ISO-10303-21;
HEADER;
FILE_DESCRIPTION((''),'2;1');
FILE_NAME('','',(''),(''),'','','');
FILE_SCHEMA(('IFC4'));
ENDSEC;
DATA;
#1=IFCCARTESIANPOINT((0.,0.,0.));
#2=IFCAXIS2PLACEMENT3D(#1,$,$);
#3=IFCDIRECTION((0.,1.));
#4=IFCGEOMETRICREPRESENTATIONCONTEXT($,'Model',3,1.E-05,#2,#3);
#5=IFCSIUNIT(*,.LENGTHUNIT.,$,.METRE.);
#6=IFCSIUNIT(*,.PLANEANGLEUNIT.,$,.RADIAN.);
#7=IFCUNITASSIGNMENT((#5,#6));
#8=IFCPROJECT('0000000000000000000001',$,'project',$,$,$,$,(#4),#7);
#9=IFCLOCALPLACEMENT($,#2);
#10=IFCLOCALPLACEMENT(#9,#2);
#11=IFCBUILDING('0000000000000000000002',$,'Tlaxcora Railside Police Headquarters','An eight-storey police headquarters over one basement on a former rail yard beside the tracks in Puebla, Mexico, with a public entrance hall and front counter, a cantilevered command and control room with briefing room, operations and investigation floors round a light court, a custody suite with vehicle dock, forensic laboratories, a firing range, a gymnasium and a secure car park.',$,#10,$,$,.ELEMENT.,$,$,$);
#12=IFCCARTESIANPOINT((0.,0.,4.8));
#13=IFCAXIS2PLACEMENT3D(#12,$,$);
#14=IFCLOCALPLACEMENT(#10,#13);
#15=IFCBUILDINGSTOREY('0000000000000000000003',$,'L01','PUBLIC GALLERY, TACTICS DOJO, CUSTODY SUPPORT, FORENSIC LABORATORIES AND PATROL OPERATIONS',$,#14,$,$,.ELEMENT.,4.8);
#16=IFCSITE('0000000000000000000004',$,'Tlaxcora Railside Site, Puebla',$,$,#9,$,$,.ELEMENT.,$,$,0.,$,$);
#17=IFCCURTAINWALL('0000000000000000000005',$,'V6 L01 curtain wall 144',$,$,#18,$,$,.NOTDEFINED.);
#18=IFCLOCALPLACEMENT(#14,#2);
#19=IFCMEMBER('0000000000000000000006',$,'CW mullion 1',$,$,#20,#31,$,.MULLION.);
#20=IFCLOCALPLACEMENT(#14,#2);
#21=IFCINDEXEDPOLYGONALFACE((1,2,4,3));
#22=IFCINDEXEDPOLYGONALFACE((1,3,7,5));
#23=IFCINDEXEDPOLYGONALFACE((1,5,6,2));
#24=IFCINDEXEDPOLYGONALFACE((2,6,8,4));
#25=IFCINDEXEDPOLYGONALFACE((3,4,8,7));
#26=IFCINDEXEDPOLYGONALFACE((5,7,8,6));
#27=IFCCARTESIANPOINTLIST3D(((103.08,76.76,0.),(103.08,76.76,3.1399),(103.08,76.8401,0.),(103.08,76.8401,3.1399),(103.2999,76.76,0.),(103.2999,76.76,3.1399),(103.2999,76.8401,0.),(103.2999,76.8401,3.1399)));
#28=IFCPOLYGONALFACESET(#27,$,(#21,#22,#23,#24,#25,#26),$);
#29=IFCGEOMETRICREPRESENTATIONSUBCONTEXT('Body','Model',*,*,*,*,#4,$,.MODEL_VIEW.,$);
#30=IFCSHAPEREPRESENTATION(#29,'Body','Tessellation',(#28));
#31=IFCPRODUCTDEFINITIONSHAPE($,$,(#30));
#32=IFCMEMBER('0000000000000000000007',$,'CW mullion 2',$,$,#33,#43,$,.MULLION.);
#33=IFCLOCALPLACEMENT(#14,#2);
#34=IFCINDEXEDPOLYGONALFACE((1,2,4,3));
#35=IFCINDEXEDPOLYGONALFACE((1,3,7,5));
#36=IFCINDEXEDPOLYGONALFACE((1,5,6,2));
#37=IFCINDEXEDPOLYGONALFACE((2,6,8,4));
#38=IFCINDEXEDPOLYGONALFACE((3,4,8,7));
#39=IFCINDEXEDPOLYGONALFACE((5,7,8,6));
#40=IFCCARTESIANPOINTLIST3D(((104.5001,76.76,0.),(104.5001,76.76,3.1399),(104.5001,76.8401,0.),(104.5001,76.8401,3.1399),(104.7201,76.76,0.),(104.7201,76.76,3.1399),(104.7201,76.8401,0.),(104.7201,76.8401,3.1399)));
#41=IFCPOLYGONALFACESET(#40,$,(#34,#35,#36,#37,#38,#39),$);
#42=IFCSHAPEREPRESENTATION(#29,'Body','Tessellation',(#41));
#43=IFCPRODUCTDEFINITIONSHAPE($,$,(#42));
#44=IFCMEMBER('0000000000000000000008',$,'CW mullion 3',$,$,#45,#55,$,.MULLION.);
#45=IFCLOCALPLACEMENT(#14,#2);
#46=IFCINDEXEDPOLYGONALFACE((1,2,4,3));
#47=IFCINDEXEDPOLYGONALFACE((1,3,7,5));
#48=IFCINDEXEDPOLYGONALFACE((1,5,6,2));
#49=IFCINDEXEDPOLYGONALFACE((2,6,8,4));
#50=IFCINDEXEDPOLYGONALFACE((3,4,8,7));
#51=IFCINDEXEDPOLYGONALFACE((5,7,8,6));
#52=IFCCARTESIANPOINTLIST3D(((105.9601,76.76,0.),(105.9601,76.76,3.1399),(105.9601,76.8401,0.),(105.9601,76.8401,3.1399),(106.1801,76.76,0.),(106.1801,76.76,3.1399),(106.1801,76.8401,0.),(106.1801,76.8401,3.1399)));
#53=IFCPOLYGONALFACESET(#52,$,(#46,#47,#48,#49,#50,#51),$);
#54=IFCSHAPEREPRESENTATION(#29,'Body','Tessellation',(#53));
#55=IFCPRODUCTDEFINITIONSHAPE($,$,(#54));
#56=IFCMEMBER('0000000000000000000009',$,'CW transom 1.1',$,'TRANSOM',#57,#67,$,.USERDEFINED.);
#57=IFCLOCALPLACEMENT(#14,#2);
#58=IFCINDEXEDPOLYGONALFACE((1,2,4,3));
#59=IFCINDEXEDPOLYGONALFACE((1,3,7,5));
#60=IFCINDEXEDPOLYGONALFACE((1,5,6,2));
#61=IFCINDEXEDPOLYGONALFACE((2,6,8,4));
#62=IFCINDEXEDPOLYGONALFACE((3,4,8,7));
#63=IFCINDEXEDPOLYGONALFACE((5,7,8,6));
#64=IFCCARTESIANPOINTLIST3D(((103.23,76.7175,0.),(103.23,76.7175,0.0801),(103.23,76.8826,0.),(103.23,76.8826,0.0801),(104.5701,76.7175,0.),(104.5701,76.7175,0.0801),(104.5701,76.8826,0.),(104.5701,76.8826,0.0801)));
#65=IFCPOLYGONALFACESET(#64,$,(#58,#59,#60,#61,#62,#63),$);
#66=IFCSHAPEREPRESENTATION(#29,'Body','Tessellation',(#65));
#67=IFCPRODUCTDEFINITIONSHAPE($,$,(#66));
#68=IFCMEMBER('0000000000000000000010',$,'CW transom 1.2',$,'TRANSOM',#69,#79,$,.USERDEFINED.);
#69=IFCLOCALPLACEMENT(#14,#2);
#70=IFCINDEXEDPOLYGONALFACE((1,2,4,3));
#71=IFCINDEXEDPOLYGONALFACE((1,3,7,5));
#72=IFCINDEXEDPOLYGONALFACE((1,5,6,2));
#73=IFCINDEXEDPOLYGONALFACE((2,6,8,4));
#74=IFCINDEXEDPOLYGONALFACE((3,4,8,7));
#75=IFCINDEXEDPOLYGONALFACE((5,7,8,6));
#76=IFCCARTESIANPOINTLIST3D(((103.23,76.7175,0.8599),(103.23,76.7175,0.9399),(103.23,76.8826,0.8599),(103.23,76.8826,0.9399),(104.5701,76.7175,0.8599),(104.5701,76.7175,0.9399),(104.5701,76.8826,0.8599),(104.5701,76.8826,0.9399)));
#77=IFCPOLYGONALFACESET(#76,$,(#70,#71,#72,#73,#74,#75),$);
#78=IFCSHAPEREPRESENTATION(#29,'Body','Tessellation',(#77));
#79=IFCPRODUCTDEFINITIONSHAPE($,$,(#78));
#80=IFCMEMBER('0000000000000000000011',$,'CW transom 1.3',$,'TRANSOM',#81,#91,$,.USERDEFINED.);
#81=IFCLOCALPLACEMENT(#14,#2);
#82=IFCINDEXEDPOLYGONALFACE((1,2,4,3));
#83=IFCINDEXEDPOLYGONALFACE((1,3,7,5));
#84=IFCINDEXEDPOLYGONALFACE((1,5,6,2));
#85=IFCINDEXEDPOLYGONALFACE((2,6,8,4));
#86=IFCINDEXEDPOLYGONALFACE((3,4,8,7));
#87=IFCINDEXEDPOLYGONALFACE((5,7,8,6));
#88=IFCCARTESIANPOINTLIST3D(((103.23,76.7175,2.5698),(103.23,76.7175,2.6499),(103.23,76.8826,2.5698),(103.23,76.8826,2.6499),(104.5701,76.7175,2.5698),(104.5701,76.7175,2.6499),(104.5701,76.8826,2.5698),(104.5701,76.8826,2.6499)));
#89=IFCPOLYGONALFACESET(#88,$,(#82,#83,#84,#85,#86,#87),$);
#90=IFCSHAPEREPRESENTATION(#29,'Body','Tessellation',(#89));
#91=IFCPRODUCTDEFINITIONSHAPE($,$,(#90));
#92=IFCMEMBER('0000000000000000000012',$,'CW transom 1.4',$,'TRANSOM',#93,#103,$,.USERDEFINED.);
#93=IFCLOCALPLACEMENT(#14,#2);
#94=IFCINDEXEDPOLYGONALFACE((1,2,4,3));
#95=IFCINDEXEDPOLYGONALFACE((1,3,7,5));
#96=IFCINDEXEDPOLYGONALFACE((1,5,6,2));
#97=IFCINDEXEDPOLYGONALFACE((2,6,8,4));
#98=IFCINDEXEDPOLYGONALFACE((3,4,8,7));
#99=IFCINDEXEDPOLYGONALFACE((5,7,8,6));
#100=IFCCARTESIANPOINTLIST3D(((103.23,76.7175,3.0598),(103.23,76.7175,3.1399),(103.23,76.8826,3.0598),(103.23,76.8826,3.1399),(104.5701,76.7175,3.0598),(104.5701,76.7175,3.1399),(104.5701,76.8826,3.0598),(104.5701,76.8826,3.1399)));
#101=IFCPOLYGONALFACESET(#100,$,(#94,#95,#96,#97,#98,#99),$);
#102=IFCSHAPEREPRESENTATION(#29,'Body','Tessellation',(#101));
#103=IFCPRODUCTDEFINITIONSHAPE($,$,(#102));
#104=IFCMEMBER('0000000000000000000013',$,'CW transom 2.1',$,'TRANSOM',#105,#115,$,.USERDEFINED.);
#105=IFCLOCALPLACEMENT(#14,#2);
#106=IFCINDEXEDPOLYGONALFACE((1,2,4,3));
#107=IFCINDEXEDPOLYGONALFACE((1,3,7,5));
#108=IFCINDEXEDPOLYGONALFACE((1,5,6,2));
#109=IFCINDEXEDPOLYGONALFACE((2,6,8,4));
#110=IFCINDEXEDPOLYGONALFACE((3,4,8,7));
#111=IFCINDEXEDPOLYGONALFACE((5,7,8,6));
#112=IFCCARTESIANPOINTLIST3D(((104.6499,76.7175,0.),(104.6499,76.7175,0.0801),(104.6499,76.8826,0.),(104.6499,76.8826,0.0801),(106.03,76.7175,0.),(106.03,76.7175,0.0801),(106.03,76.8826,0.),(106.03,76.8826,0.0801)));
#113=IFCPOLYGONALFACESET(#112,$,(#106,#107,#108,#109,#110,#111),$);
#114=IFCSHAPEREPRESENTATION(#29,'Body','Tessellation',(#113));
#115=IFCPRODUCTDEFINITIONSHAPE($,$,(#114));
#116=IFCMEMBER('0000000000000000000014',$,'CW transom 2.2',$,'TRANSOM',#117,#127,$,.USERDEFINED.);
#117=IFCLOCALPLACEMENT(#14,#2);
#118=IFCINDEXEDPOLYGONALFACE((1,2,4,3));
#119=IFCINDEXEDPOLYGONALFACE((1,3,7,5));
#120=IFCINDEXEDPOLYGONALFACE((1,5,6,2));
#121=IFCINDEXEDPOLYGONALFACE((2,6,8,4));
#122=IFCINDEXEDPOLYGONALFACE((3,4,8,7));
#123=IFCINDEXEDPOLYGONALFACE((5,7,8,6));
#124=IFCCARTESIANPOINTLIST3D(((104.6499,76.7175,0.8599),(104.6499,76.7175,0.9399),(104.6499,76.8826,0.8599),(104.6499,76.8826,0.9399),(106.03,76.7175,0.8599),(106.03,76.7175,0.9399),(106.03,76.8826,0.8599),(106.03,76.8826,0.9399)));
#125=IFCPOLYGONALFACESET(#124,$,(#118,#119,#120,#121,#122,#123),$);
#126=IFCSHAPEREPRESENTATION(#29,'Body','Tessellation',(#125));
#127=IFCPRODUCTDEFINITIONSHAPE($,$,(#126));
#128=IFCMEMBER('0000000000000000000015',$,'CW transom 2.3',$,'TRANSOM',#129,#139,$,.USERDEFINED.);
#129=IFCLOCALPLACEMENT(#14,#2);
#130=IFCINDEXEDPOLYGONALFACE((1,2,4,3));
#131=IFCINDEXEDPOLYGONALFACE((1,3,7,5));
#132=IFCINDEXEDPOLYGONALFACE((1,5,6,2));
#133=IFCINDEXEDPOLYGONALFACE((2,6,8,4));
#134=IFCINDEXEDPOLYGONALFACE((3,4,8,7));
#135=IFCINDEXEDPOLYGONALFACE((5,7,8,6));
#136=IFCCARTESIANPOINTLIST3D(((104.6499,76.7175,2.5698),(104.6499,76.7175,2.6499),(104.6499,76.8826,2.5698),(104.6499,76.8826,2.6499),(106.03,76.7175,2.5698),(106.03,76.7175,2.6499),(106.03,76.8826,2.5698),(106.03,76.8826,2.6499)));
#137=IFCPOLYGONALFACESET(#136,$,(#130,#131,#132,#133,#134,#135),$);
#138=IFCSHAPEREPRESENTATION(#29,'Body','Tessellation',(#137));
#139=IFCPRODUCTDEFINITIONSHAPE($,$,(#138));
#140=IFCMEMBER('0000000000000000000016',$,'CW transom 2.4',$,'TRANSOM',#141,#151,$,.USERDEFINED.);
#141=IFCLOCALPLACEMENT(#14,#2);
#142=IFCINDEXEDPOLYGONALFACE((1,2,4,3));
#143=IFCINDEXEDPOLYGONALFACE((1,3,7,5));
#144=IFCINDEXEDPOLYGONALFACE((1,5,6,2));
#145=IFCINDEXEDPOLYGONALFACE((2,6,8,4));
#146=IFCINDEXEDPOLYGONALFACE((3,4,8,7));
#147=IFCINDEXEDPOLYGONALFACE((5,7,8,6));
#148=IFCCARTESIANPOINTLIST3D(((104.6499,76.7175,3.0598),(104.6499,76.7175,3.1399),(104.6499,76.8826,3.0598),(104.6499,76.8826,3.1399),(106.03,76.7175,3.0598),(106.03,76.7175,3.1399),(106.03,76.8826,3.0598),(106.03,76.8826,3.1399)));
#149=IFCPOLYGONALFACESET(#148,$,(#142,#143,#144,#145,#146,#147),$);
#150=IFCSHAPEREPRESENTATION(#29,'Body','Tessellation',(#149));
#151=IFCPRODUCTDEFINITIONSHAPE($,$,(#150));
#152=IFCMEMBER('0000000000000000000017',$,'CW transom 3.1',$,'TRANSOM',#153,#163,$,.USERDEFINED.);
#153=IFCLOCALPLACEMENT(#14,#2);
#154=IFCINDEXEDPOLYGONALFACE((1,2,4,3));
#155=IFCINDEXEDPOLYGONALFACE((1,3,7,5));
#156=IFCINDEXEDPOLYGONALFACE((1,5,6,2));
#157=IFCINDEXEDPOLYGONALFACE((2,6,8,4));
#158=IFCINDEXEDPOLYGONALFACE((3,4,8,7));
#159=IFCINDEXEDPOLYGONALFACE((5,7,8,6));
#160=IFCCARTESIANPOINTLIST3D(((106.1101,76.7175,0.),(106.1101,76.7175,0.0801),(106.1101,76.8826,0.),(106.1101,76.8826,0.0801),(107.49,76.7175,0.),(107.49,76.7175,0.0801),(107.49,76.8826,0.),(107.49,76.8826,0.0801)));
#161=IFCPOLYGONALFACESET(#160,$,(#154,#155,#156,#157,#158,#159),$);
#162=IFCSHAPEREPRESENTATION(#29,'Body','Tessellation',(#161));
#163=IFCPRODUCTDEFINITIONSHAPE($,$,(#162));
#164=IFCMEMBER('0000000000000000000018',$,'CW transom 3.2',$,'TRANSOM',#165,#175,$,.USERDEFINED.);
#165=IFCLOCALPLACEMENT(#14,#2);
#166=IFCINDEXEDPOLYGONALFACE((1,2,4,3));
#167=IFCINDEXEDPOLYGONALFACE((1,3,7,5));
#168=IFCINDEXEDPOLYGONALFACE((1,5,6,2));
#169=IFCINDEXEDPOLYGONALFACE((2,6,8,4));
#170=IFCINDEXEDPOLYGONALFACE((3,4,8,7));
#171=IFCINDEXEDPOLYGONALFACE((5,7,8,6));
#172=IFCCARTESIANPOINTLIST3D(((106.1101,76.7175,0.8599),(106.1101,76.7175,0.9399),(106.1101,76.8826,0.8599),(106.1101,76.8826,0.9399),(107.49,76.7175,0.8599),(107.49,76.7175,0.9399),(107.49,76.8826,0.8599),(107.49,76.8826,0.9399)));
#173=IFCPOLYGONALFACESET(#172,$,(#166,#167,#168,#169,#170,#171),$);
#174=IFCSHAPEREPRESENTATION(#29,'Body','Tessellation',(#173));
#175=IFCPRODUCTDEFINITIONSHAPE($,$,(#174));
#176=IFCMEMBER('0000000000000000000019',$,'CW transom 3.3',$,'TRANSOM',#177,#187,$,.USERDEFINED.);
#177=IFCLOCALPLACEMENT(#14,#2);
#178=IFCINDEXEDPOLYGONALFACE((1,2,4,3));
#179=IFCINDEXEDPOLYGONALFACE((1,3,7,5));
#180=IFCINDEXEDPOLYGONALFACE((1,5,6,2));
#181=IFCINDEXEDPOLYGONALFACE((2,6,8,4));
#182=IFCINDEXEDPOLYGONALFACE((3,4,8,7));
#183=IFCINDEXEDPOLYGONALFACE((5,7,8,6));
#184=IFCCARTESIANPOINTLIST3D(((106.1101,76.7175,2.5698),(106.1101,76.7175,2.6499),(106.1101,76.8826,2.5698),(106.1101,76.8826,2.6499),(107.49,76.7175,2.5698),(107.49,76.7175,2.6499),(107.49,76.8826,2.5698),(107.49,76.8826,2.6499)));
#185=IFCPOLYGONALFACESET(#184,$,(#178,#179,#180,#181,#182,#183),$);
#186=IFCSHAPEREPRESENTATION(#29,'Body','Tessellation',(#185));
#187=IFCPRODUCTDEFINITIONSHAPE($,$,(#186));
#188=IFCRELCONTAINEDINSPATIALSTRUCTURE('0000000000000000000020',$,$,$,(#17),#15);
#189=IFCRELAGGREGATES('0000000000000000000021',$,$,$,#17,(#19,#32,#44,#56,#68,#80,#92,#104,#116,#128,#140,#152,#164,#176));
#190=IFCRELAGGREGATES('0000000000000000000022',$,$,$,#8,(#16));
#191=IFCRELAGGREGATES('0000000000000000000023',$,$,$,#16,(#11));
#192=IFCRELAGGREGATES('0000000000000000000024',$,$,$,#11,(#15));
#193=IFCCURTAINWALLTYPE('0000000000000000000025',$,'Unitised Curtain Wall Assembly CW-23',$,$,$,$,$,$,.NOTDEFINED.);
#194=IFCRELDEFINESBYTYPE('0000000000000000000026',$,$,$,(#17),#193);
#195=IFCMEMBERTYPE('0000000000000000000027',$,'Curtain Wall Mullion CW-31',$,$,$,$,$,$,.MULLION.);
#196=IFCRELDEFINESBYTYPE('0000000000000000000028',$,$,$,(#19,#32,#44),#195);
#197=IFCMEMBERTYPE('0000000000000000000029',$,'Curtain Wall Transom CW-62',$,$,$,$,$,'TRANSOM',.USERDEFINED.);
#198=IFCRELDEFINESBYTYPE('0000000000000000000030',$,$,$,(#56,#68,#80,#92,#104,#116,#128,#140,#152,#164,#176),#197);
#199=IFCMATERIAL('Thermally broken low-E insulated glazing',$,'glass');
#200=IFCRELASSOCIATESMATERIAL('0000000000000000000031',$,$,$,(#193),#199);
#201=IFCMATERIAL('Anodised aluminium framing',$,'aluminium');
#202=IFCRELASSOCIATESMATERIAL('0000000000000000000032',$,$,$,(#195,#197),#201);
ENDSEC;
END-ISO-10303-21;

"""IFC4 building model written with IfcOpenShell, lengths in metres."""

from ifc_helpers import new_model, si_unit, direction, frame, origin, origin_2d, place, context, subcontext, project, spatial, rectangle, extrude, material, material_profile, profile_set, type_object, element, aggregate, save


model = new_model("IFC4")

# Units and contexts
model_context = context("Model", 3, precision=1e-05, world=origin(), true_north=direction((0.0, 1.0)))
body_context = subcontext(model_context, "Body", "Model", "MODEL_VIEW")
ifc_project = project(units=[si_unit("LENGTHUNIT", "METRE"), si_unit("PLANEANGLEUNIT", "RADIAN")], contexts=[model_context])

# Site, building, storey
site_placement = place(None, origin())
site = spatial("IfcSite", under=ifc_project, at=site_placement, Name="Tlaxcora Railside Site, Puebla", CompositionType="ELEMENT", RefElevation=0.0)
building_placement = place(site_placement, origin())
building = spatial("IfcBuilding", under=site, at=building_placement, Name="Tlaxcora Railside Police Headquarters", Description="An eight-storey police headquarters over one basement on a former rail yard beside the tracks in Puebla, Mexico, with a public entrance hall and front counter, a cantilevered command and control room with briefing room, operations and investigation floors round a light court, a custody suite with vehicle dock, forensic laboratories, a firing range, a gymnasium and a secure car park.", CompositionType="ELEMENT")
storey_placement = place(building_placement, frame((0.0, 0.0, 4.8)))
storey = spatial("IfcBuildingStorey", under=building, at=storey_placement, Name="L01", Description="PUBLIC GALLERY, TACTICS DOJO, CUSTODY SUPPORT, FORENSIC LABORATORIES AND PATROL OPERATIONS", CompositionType="ELEMENT", Elevation=4.8)

# Curtain wall, members
ifc_material_1 = material(Name="Thermally broken low-E insulated glazing", Category="glass")
curtain_wall_type = type_object("IfcCurtainWallType", Name="Unitised Curtain Wall Assembly CW-23", PredefinedType="NOTDEFINED", material=ifc_material_1)
curtain_wall_placement = place(storey_placement, origin())
curtain_wall = element("IfcCurtainWall", 1, at=curtain_wall_placement, inside=storey, type_object=curtain_wall_type, Name="V6 L01 curtain wall 144", PredefinedType="NOTDEFINED")
ifc_material_2 = material(Name="Anodised aluminium framing", Category="aluminium")
ifc_material_profile_1 = material_profile(ifc_material_2, rectangle(XDim=0.0801, YDim=0.22, at=origin_2d()), Name="AL80X220")
ifc_profile_set_1 = profile_set([ifc_material_profile_1], Name="Anodised aluminium framing")
member_type_1 = type_object("IfcMemberType", Name="Curtain Wall Mullion CW-31", PredefinedType="MULLION", material=ifc_profile_set_1)
member_1_placement = place(storey_placement, frame((103.1899, 76.8, 0.0), z_axis=(0.0, 0.0, 1.0), x_axis=(0.0, 1.0, 0.0)))
member_1 = element("IfcMember", 2, at=member_1_placement, type_object=member_type_1, Name="CW mullion 1", PredefinedType="MULLION", context=body_context, shape_type="SweptSolid", body=[
    extrude(rectangle(XDim=0.0801, YDim=0.22, at=origin_2d()), origin(), (0.0, 0.0, 1.0), 3.1399),
])
member_2_placement = place(storey_placement, frame((104.6101, 76.8, 0.0), z_axis=(0.0, 0.0, 1.0), x_axis=(0.0, 1.0, 0.0)))
member_2 = element("IfcMember", 3, at=member_2_placement, type_object=member_type_1, Name="CW mullion 2", PredefinedType="MULLION", context=body_context, shape_type="SweptSolid", body=[
    extrude(rectangle(XDim=0.0801, YDim=0.22, at=origin_2d()), origin(), (0.0, 0.0, 1.0), 3.1399),
])
member_3_placement = place(storey_placement, frame((106.0701, 76.8, 0.0), z_axis=(0.0, 0.0, 1.0), x_axis=(0.0, 1.0, 0.0)))
member_3 = element("IfcMember", 4, at=member_3_placement, type_object=member_type_1, Name="CW mullion 3", PredefinedType="MULLION", context=body_context, shape_type="SweptSolid", body=[
    extrude(rectangle(XDim=0.0801, YDim=0.22, at=origin_2d()), origin(), (0.0, 0.0, 1.0), 3.1399),
])
ifc_material_profile_2 = material_profile(ifc_material_2, rectangle(XDim=0.165, YDim=0.0801, at=origin_2d()), Name="AL80X165")
ifc_profile_set_2 = profile_set([ifc_material_profile_2], Name="Anodised aluminium framing")
member_type_2 = type_object("IfcMemberType", Name="Curtain Wall Transom CW-62", ElementType="TRANSOM", PredefinedType="USERDEFINED", material=ifc_profile_set_2)
member_4_placement = place(storey_placement, frame((103.23, 76.8, 0.04), z_axis=(1.0, 0.0, 0.0), x_axis=(0.0, 1.0, 0.0)))
member_4 = element("IfcMember", 5, at=member_4_placement, type_object=member_type_2, Name="CW transom 1.1", ObjectType="TRANSOM", PredefinedType="USERDEFINED", context=body_context, shape_type="SweptSolid", body=[
    extrude(rectangle(XDim=0.165, YDim=0.0801, at=origin_2d()), origin(), (0.0, 0.0, 1.0), 1.3401),
])
member_5_placement = place(storey_placement, frame((103.23, 76.8, 0.8999), z_axis=(1.0, 0.0, 0.0), x_axis=(0.0, 1.0, 0.0)))
member_5 = element("IfcMember", 6, at=member_5_placement, type_object=member_type_2, Name="CW transom 1.2", ObjectType="TRANSOM", PredefinedType="USERDEFINED", context=body_context, shape_type="SweptSolid", body=[
    extrude(rectangle(XDim=0.165, YDim=0.0801, at=origin_2d()), origin(), (0.0, 0.0, 1.0), 1.3401),
])
member_6_placement = place(storey_placement, frame((103.23, 76.8, 2.6099), z_axis=(1.0, 0.0, 0.0), x_axis=(0.0, 1.0, 0.0)))
member_6 = element("IfcMember", 7, at=member_6_placement, type_object=member_type_2, Name="CW transom 1.3", ObjectType="TRANSOM", PredefinedType="USERDEFINED", context=body_context, shape_type="SweptSolid", body=[
    extrude(rectangle(XDim=0.165, YDim=0.0801, at=origin_2d()), origin(), (0.0, 0.0, 1.0), 1.3401),
])
member_7_placement = place(storey_placement, frame((103.23, 76.8, 3.0999), z_axis=(1.0, 0.0, 0.0), x_axis=(0.0, 1.0, 0.0)))
member_7 = element("IfcMember", 8, at=member_7_placement, type_object=member_type_2, Name="CW transom 1.4", ObjectType="TRANSOM", PredefinedType="USERDEFINED", context=body_context, shape_type="SweptSolid", body=[
    extrude(rectangle(XDim=0.165, YDim=0.0801, at=origin_2d()), origin(), (0.0, 0.0, 1.0), 1.3401),
])
member_8_placement = place(storey_placement, frame((104.6499, 76.8, 0.04), z_axis=(1.0, 0.0, 0.0), x_axis=(0.0, 1.0, 0.0)))
member_8 = element("IfcMember", 9, at=member_8_placement, type_object=member_type_2, Name="CW transom 2.1", ObjectType="TRANSOM", PredefinedType="USERDEFINED", context=body_context, shape_type="SweptSolid", body=[
    extrude(rectangle(XDim=0.165, YDim=0.0801, at=origin_2d()), origin(), (0.0, 0.0, 1.0), 1.3801),
])
member_9_placement = place(storey_placement, frame((104.6499, 76.8, 0.8999), z_axis=(1.0, 0.0, 0.0), x_axis=(0.0, 1.0, 0.0)))
member_9 = element("IfcMember", 10, at=member_9_placement, type_object=member_type_2, Name="CW transom 2.2", ObjectType="TRANSOM", PredefinedType="USERDEFINED", context=body_context, shape_type="SweptSolid", body=[
    extrude(rectangle(XDim=0.165, YDim=0.0801, at=origin_2d()), origin(), (0.0, 0.0, 1.0), 1.3801),
])
member_10_placement = place(storey_placement, frame((104.6499, 76.8, 2.6099), z_axis=(1.0, 0.0, 0.0), x_axis=(0.0, 1.0, 0.0)))
member_10 = element("IfcMember", 11, at=member_10_placement, type_object=member_type_2, Name="CW transom 2.3", ObjectType="TRANSOM", PredefinedType="USERDEFINED", context=body_context, shape_type="SweptSolid", body=[
    extrude(rectangle(XDim=0.165, YDim=0.0801, at=origin_2d()), origin(), (0.0, 0.0, 1.0), 1.3801),
])
member_11_placement = place(storey_placement, frame((104.6499, 76.8, 3.0999), z_axis=(1.0, 0.0, 0.0), x_axis=(0.0, 1.0, 0.0)))
member_11 = element("IfcMember", 12, at=member_11_placement, type_object=member_type_2, Name="CW transom 2.4", ObjectType="TRANSOM", PredefinedType="USERDEFINED", context=body_context, shape_type="SweptSolid", body=[
    extrude(rectangle(XDim=0.165, YDim=0.0801, at=origin_2d()), origin(), (0.0, 0.0, 1.0), 1.3801),
])
member_12_placement = place(storey_placement, frame((106.1101, 76.8, 0.04), z_axis=(1.0, 0.0, 0.0), x_axis=(0.0, 1.0, 0.0)))
member_12 = element("IfcMember", 13, at=member_12_placement, type_object=member_type_2, Name="CW transom 3.1", ObjectType="TRANSOM", PredefinedType="USERDEFINED", context=body_context, shape_type="SweptSolid", body=[
    extrude(rectangle(XDim=0.165, YDim=0.0801, at=origin_2d()), origin(), (0.0, 0.0, 1.0), 1.3799),
])
member_13_placement = place(storey_placement, frame((106.1101, 76.8, 0.8999), z_axis=(1.0, 0.0, 0.0), x_axis=(0.0, 1.0, 0.0)))
member_13 = element("IfcMember", 14, at=member_13_placement, type_object=member_type_2, Name="CW transom 3.2", ObjectType="TRANSOM", PredefinedType="USERDEFINED", context=body_context, shape_type="SweptSolid", body=[
    extrude(rectangle(XDim=0.165, YDim=0.0801, at=origin_2d()), origin(), (0.0, 0.0, 1.0), 1.3799),
])
member_14_placement = place(storey_placement, frame((106.1101, 76.8, 2.6099), z_axis=(1.0, 0.0, 0.0), x_axis=(0.0, 1.0, 0.0)))
member_14 = element("IfcMember", 15, at=member_14_placement, type_object=member_type_2, Name="CW transom 3.3", ObjectType="TRANSOM", PredefinedType="USERDEFINED", context=body_context, shape_type="SweptSolid", body=[
    extrude(rectangle(XDim=0.165, YDim=0.0801, at=origin_2d()), origin(), (0.0, 0.0, 1.0), 1.3799),
])

aggregate(curtain_wall, [member_1, member_2, member_3, member_4, member_5, member_6, member_7, member_8, member_9, member_10, member_11, member_12, member_13, member_14])

save(model, "model.ifc")
